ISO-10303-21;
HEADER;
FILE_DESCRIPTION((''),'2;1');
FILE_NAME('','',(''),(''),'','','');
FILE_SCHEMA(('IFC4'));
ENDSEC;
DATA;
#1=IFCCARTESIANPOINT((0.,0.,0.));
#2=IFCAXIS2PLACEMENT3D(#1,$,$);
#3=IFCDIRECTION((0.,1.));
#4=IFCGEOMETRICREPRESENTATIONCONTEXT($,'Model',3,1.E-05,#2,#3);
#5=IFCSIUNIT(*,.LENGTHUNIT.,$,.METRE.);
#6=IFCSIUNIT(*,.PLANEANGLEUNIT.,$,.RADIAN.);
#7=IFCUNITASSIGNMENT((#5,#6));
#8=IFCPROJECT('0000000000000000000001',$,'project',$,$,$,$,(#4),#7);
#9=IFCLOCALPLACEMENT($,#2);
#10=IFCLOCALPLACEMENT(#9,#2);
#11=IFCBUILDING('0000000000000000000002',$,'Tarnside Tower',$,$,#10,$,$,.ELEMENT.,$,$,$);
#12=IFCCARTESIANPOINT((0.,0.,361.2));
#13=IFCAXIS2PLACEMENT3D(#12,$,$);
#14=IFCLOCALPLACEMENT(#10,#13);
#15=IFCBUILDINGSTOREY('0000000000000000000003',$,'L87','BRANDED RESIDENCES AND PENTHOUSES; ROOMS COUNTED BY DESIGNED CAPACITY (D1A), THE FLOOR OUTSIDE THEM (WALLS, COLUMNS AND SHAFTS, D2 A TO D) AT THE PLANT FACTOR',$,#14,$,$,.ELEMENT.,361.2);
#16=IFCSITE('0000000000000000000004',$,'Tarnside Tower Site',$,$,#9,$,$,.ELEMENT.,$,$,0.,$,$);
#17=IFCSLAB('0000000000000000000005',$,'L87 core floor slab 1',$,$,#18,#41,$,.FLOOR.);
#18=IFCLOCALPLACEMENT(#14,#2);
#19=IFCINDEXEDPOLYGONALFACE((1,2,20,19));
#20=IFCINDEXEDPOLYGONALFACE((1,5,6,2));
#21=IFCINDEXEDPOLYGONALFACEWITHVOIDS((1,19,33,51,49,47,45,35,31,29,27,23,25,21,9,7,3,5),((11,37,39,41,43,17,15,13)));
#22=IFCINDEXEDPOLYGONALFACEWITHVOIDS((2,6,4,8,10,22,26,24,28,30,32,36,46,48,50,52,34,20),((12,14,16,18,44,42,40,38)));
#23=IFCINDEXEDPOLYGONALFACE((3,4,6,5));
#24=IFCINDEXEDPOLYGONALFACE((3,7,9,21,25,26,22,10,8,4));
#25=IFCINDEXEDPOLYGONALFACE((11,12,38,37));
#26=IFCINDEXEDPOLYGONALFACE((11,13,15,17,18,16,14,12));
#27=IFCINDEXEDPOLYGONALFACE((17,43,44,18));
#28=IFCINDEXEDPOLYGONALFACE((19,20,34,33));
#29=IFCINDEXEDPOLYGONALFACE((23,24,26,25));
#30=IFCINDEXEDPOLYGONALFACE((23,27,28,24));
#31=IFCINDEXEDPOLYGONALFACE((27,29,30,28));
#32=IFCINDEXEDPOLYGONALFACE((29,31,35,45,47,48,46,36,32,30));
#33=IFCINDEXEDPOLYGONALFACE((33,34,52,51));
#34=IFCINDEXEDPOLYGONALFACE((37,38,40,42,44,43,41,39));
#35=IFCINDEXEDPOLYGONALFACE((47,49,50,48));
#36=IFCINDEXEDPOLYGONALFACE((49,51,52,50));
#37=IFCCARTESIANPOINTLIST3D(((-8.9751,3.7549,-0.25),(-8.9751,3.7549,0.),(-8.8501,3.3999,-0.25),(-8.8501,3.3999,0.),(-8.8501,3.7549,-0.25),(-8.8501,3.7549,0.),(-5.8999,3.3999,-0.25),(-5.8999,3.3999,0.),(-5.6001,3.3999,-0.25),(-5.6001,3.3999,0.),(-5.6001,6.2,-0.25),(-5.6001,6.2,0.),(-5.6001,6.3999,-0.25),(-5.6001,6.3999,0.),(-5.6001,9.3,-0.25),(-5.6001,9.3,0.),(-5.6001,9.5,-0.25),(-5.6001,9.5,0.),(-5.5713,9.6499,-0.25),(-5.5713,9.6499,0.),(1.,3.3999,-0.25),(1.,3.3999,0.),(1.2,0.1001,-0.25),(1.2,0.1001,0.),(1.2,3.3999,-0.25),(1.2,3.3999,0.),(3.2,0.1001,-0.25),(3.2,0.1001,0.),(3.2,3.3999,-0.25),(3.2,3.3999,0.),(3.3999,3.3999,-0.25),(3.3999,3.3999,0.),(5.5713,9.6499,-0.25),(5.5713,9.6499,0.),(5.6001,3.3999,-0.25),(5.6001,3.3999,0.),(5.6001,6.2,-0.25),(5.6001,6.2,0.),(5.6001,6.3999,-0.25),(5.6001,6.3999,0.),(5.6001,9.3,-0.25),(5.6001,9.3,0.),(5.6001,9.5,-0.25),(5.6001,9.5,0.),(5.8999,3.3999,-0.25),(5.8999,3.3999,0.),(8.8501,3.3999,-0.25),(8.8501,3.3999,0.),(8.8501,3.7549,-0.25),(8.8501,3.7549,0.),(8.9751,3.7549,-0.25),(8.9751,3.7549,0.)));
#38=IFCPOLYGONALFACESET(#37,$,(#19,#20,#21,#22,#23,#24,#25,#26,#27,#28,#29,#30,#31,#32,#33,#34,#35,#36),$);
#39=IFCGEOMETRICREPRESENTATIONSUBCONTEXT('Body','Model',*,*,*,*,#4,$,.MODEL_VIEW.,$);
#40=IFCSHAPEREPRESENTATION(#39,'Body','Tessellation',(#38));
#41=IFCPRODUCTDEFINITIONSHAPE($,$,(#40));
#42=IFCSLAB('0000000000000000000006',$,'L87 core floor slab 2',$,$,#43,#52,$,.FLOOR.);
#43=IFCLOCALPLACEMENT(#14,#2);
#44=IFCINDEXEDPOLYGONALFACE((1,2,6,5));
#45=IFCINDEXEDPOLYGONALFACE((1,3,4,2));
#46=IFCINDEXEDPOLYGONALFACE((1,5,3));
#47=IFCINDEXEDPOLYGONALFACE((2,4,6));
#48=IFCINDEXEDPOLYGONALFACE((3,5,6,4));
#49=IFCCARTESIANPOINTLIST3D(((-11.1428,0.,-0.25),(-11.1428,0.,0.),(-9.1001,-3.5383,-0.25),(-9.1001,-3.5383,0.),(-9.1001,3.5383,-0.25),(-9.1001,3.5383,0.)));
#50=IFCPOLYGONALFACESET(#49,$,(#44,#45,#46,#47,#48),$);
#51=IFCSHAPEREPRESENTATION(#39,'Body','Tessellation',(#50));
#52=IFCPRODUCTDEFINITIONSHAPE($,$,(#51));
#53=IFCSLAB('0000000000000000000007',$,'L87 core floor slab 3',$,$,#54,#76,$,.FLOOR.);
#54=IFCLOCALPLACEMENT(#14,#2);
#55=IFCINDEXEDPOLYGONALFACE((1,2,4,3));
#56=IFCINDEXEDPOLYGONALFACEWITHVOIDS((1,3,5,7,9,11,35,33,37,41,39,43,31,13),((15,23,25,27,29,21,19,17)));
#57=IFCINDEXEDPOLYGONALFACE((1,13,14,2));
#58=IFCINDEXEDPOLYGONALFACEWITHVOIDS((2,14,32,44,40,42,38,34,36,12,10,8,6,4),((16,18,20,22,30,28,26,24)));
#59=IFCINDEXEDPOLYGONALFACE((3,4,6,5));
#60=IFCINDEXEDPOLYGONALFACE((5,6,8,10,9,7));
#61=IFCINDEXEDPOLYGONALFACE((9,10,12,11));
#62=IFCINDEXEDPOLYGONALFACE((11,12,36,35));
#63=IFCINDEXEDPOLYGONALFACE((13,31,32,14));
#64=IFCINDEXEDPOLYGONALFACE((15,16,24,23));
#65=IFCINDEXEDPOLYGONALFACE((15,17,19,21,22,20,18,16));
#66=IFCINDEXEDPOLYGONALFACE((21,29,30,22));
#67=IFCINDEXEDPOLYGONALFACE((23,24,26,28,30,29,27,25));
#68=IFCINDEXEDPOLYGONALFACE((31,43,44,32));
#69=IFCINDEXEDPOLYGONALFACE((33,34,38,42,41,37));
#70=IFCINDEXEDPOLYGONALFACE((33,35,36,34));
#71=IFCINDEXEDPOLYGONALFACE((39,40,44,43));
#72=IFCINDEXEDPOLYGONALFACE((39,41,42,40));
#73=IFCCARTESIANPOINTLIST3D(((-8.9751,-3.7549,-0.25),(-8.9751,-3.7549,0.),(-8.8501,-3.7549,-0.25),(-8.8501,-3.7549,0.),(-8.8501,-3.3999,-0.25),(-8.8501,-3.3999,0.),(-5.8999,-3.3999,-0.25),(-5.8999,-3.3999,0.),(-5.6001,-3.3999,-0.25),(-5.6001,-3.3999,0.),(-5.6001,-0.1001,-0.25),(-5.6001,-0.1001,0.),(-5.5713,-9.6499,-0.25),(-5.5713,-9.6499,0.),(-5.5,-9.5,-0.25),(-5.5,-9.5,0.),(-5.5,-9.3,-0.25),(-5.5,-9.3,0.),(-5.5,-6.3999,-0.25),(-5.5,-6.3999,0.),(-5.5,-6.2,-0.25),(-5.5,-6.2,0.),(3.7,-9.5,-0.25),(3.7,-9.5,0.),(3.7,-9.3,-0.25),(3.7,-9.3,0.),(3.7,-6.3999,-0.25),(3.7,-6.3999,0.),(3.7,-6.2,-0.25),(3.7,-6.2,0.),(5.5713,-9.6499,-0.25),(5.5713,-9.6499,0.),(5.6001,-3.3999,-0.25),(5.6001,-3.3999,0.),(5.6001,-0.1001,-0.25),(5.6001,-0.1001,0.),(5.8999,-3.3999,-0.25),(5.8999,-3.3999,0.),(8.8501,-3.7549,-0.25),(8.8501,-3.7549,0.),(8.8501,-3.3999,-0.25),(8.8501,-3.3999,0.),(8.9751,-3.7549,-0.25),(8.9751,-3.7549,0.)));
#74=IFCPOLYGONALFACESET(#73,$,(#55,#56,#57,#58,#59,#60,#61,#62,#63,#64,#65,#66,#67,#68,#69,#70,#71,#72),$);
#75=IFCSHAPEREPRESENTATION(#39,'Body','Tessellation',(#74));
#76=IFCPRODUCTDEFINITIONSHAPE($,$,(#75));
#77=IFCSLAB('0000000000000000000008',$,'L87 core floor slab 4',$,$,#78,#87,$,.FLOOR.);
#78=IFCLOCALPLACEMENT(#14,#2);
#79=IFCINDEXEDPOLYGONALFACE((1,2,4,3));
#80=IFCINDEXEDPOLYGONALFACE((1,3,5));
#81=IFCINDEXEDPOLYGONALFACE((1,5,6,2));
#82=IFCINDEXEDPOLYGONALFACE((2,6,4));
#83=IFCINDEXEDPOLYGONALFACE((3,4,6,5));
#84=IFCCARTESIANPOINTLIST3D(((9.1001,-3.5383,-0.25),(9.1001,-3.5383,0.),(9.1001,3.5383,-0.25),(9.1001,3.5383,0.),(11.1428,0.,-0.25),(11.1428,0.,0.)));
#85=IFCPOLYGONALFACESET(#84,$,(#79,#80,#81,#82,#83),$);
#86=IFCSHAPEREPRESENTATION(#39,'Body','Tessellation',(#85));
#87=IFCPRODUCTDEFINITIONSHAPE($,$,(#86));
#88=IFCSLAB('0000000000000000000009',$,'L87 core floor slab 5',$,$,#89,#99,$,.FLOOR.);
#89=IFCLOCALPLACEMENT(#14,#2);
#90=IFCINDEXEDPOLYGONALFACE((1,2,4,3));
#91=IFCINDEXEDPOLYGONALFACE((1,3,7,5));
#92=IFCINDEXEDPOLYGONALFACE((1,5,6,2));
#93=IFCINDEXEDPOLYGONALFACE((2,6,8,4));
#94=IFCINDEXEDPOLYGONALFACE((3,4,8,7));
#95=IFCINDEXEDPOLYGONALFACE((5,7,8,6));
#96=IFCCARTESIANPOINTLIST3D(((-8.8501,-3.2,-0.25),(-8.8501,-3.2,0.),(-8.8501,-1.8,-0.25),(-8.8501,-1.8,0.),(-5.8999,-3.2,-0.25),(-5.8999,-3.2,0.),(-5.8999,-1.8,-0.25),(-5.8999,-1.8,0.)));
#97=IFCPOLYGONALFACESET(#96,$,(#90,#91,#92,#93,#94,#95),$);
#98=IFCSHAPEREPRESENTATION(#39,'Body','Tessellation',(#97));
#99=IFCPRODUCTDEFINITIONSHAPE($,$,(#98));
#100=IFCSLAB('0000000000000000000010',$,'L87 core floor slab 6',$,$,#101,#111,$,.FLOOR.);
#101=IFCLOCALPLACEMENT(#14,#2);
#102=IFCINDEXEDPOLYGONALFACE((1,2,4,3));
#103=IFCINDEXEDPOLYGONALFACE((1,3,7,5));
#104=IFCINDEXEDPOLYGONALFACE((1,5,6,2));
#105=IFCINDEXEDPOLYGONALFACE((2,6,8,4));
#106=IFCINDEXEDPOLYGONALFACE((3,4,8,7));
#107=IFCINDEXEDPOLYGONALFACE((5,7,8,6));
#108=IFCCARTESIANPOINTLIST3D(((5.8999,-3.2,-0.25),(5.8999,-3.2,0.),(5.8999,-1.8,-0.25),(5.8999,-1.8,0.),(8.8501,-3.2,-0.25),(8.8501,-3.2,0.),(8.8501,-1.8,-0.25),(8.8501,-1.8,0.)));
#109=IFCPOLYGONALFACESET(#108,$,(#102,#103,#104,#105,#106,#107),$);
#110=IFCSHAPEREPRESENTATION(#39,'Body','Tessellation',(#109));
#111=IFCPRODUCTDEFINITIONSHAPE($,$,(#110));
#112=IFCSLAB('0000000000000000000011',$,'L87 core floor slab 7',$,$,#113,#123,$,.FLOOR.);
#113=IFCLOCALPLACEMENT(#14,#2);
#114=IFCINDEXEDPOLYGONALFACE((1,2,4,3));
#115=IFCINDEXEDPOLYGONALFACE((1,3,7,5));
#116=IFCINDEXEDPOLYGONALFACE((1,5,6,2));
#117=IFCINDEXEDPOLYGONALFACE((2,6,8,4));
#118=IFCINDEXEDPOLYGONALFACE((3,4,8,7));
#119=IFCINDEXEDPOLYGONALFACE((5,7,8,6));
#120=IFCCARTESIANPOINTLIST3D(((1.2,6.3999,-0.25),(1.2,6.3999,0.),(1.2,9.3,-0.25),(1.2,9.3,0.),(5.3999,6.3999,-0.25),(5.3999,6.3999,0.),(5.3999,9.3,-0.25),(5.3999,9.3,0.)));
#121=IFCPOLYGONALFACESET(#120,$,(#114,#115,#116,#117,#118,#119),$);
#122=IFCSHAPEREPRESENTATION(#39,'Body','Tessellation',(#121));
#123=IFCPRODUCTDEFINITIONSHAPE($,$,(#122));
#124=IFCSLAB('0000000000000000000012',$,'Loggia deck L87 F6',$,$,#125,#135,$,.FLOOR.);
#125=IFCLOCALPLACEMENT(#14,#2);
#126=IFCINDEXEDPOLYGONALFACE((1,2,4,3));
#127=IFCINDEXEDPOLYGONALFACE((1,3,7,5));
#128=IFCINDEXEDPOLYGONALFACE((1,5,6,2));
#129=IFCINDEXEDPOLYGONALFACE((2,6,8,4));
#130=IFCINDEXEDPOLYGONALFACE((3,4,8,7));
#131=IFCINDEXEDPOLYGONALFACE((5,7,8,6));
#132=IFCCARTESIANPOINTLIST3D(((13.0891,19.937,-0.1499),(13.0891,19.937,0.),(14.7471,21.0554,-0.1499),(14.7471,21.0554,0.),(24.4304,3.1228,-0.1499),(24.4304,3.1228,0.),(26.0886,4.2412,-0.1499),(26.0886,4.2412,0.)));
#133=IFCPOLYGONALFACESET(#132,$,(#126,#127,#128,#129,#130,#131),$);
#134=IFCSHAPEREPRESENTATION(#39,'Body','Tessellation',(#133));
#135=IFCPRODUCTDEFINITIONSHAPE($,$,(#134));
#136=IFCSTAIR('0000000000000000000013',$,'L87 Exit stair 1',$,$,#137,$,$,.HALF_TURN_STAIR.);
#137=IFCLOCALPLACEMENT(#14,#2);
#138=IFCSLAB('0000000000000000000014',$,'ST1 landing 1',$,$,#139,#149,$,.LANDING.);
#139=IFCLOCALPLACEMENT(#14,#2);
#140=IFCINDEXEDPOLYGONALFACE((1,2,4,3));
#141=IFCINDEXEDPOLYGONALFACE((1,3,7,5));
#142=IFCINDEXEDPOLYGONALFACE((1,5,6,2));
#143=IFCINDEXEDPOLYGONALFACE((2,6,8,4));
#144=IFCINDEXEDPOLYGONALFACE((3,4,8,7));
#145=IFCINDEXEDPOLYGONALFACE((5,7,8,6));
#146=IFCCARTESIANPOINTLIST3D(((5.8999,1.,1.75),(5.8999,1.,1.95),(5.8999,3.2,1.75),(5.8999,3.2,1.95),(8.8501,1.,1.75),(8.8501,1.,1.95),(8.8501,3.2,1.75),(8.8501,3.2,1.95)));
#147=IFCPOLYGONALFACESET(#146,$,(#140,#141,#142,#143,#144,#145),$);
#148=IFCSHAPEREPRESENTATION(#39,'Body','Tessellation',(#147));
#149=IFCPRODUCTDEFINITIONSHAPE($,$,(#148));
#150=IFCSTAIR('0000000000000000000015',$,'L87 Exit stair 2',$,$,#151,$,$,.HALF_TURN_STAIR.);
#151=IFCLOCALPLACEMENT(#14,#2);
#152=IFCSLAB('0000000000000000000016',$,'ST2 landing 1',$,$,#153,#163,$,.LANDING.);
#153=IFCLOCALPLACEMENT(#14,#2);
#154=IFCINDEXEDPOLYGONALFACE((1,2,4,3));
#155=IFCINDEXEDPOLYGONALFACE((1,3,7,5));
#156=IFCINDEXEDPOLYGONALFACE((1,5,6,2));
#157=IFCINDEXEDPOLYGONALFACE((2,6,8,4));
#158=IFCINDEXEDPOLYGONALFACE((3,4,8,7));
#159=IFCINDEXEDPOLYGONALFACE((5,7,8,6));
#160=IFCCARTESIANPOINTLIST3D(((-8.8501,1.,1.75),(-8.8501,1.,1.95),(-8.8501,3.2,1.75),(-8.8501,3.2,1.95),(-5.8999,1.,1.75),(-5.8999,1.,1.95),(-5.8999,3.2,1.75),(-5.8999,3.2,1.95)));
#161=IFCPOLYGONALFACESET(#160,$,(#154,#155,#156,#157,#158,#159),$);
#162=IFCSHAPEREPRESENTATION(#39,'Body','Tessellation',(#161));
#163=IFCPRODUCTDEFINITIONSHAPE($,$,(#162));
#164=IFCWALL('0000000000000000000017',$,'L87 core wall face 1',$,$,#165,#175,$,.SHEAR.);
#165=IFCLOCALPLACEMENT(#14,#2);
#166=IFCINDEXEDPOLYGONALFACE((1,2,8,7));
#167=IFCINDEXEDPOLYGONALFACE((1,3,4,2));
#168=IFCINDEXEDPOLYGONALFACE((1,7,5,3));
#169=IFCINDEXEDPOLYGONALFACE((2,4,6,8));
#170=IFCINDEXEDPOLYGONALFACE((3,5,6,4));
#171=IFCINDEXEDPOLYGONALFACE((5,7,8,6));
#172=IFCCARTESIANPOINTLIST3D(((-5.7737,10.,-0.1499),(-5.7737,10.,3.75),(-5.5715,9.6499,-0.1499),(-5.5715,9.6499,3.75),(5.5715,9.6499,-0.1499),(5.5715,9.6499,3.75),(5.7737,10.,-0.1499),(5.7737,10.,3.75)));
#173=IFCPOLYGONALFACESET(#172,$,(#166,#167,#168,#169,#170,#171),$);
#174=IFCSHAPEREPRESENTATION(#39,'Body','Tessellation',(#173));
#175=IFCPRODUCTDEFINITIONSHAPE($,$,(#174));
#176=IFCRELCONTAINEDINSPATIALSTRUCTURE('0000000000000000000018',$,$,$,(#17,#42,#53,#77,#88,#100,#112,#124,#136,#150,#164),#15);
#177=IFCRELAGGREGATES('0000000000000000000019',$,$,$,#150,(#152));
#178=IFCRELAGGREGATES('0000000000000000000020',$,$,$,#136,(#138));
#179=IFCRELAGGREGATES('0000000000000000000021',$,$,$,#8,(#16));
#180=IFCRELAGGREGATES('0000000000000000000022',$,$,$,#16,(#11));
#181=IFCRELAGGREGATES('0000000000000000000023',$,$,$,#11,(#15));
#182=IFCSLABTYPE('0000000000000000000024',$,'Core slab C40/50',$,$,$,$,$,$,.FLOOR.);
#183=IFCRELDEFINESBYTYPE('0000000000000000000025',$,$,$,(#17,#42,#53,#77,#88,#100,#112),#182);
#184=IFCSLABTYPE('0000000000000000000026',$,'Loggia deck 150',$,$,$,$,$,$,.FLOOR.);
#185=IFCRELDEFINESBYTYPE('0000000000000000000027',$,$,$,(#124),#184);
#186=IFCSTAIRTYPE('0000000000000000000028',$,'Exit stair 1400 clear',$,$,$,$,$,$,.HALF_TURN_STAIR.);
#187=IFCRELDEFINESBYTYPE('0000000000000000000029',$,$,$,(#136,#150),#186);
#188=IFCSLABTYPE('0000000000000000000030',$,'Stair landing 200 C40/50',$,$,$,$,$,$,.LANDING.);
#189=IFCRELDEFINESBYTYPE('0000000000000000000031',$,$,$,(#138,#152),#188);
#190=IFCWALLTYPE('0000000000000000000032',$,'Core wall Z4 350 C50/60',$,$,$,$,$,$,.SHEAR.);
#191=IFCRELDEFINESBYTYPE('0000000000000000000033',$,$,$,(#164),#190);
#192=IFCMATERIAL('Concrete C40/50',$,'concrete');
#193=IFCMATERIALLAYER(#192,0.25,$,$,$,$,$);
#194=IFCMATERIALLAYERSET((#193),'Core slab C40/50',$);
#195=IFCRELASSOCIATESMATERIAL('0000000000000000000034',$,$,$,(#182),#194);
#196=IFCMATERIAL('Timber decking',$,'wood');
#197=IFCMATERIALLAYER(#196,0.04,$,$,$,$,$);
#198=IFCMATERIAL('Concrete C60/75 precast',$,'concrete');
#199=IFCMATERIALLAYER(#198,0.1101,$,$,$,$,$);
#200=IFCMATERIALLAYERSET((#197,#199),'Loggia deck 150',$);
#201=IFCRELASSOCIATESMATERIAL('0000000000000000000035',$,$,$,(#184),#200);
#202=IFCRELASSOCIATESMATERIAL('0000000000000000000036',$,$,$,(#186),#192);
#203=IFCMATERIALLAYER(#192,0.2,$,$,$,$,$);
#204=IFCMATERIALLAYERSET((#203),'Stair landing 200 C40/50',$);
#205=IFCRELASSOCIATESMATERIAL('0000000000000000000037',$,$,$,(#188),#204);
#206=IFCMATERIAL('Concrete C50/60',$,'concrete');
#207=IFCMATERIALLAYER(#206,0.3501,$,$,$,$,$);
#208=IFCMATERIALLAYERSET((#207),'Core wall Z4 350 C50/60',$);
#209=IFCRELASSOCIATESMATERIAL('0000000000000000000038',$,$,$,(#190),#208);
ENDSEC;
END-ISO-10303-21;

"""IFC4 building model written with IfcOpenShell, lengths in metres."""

from ifc_helpers import new_model, si_unit, direction, frame, origin, place, context, subcontext, project, spatial, polyline, outline, extrude, material, layer, layer_set, type_object, element, aggregate, save


model = new_model("IFC4")

# Units and contexts
model_context = context("Model", 3, precision=1e-05, world=origin(), true_north=direction((0.0, 1.0)))
body_context = subcontext(model_context, "Body", "Model", "MODEL_VIEW")
ifc_project = project(units=[si_unit("LENGTHUNIT", "METRE"), si_unit("PLANEANGLEUNIT", "RADIAN")], contexts=[model_context])

# Site, building, storey
site_placement = place(None, origin())
site = spatial("IfcSite", under=ifc_project, at=site_placement, Name="Tarnside Tower Site", CompositionType="ELEMENT", RefElevation=0.0)
building_placement = place(site_placement, origin())
building = spatial("IfcBuilding", under=site, at=building_placement, Name="Tarnside Tower", CompositionType="ELEMENT")
storey_placement = place(building_placement, frame((0.0, 0.0, 361.2)))
storey = spatial("IfcBuildingStorey", under=building, at=storey_placement, Name="L87", Description="BRANDED RESIDENCES AND PENTHOUSES; ROOMS COUNTED BY DESIGNED CAPACITY (D1A), THE FLOOR OUTSIDE THEM (WALLS, COLUMNS AND SHAFTS, D2 A TO D) AT THE PLANT FACTOR", CompositionType="ELEMENT", Elevation=361.2)

# Slabs
ifc_material_1 = material(Name="Concrete C40/50", Category="concrete")
ifc_layer_1 = layer(ifc_material_1, 0.25)
ifc_layer_set_1 = layer_set([ifc_layer_1], Name="Core slab C40/50")
slab_type_1 = type_object("IfcSlabType", Name="Core slab C40/50", PredefinedType="FLOOR", material=ifc_layer_set_1)
slab_1_placement = place(storey_placement, frame((0.0, 0.0, -0.25)))
element("IfcSlab", 1, at=slab_1_placement, inside=storey, type_object=slab_type_1, Name="L87 core floor slab 1", PredefinedType="FLOOR", context=body_context, shape_type="SweptSolid", body=[
    extrude(outline(polyline([(5.5713, 9.6499), (8.9751, 3.7549), (8.8501, 3.7549), (8.8501, 3.3999), (5.8999, 3.3999), (5.6001, 3.3999), (3.3999, 3.3999), (3.2, 3.3999), (3.2, 0.1001), (1.2, 0.1001), (1.2, 3.3999), (1.0, 3.3999), (-5.6001, 3.3999), (-5.8999, 3.3999), (-8.8501, 3.3999), (-8.8501, 3.7549), (-8.9751, 3.7549), (-5.5713, 9.6499), (5.5713, 9.6499)]), holes=[polyline([(-5.6001, 6.2), (5.6001, 6.2), (5.6001, 6.3999), (5.6001, 9.3), (5.6001, 9.5), (-5.6001, 9.5), (-5.6001, 9.3), (-5.6001, 6.3999), (-5.6001, 6.2)])]), origin(), (0.0, 0.0, 1.0), 0.25),
])
slab_2_placement = place(storey_placement, frame((0.0, 0.0, -0.25)))
element("IfcSlab", 2, at=slab_2_placement, inside=storey, type_object=slab_type_1, Name="L87 core floor slab 2", PredefinedType="FLOOR", context=body_context, shape_type="SweptSolid", body=[
    extrude(outline(polyline([(-9.1001, -3.5383), (-11.1428, 0.0), (-9.1001, 3.5383), (-9.1001, -3.5383)])), origin(), (0.0, 0.0, 1.0), 0.25),
])
slab_3_placement = place(storey_placement, frame((0.0, 0.0, -0.25)))
element("IfcSlab", 3, at=slab_3_placement, inside=storey, type_object=slab_type_1, Name="L87 core floor slab 3", PredefinedType="FLOOR", context=body_context, shape_type="SweptSolid", body=[
    extrude(outline(polyline([(-8.8501, -3.7549), (-8.8501, -3.3999), (-5.8999, -3.3999), (-5.6001, -3.3999), (-5.6001, -0.1001), (5.6001, -0.1001), (5.6001, -3.3999), (5.8999, -3.3999), (8.8501, -3.3999), (8.8501, -3.7549), (8.9751, -3.7549), (5.5713, -9.6499), (-5.5713, -9.6499), (-8.9751, -3.7549), (-8.8501, -3.7549)]), holes=[polyline([(-5.5, -9.5), (3.7, -9.5), (3.7, -9.3), (3.7, -6.3999), (3.7, -6.2), (-5.5, -6.2), (-5.5, -6.3999), (-5.5, -9.3), (-5.5, -9.5)])]), origin(), (0.0, 0.0, 1.0), 0.25),
])
slab_4_placement = place(storey_placement, frame((0.0, 0.0, -0.25)))
element("IfcSlab", 4, at=slab_4_placement, inside=storey, type_object=slab_type_1, Name="L87 core floor slab 4", PredefinedType="FLOOR", context=body_context, shape_type="SweptSolid", body=[
    extrude(outline(polyline([(9.1001, 3.5383), (11.1428, 0.0), (9.1001, -3.5383), (9.1001, 3.5383)])), origin(), (0.0, 0.0, 1.0), 0.25),
])
slab_5_placement = place(storey_placement, frame((0.0, 0.0, -0.25)))
element("IfcSlab", 5, at=slab_5_placement, inside=storey, type_object=slab_type_1, Name="L87 core floor slab 5", PredefinedType="FLOOR", context=body_context, shape_type="SweptSolid", body=[
    extrude(outline(polyline([(-8.8501, -3.2), (-8.8501, -1.8), (-5.8999, -1.8), (-5.8999, -3.2), (-8.8501, -3.2)])), origin(), (0.0, 0.0, 1.0), 0.25),
])
slab_6_placement = place(storey_placement, frame((0.0, 0.0, -0.25)))
element("IfcSlab", 6, at=slab_6_placement, inside=storey, type_object=slab_type_1, Name="L87 core floor slab 6", PredefinedType="FLOOR", context=body_context, shape_type="SweptSolid", body=[
    extrude(outline(polyline([(5.8999, -1.8), (8.8501, -1.8), (8.8501, -3.2), (5.8999, -3.2), (5.8999, -1.8)])), origin(), (0.0, 0.0, 1.0), 0.25),
])
slab_7_placement = place(storey_placement, frame((0.0, 0.0, -0.25)))
element("IfcSlab", 7, at=slab_7_placement, inside=storey, type_object=slab_type_1, Name="L87 core floor slab 7", PredefinedType="FLOOR", context=body_context, shape_type="SweptSolid", body=[
    extrude(outline(polyline([(5.3999, 6.3999), (1.2, 6.3999), (1.2, 9.3), (5.3999, 9.3), (5.3999, 6.3999)])), origin(), (0.0, 0.0, 1.0), 0.25),
])
ifc_material_2 = material(Name="Timber decking", Category="wood")
ifc_layer_2 = layer(ifc_material_2, 0.04)
ifc_material_3 = material(Name="Concrete C60/75 precast", Category="concrete")
ifc_layer_3 = layer(ifc_material_3, 0.1101)
ifc_layer_set_2 = layer_set([ifc_layer_2, ifc_layer_3], Name="Loggia deck 150")
slab_type_2 = type_object("IfcSlabType", Name="Loggia deck 150", PredefinedType="FLOOR", material=ifc_layer_set_2)
slab_8_placement = place(storey_placement, frame((0.0, 0.0, -0.1499)))
element("IfcSlab", 8, at=slab_8_placement, inside=storey, type_object=slab_type_2, Name="Loggia deck L87 F6", PredefinedType="FLOOR", context=body_context, shape_type="SweptSolid", body=[
    extrude(outline(polyline([(24.4304, 3.1228), (13.0891, 19.937), (14.7471, 21.0554), (26.0886, 4.2412), (24.4304, 3.1228)])), origin(), (0.0, 0.0, 1.0), 0.1499),
])

# Stairs, slabs
stair_type = type_object("IfcStairType", Name="Exit stair 1400 clear", PredefinedType="HALF_TURN_STAIR", material=ifc_material_1)
stair_1_placement = place(storey_placement, origin())
stair_1 = element("IfcStair", 9, at=stair_1_placement, inside=storey, type_object=stair_type, Name="L87 Exit stair 1", PredefinedType="HALF_TURN_STAIR")
ifc_layer_4 = layer(ifc_material_1, 0.2)
ifc_layer_set_3 = layer_set([ifc_layer_4], Name="Stair landing 200 C40/50")
slab_type_3 = type_object("IfcSlabType", Name="Stair landing 200 C40/50", PredefinedType="LANDING", material=ifc_layer_set_3)
slab_9_placement = place(storey_placement, frame((0.0, 0.0, 1.75)))
slab_9 = element("IfcSlab", 10, at=slab_9_placement, type_object=slab_type_3, Name="ST1 landing 1", PredefinedType="LANDING", context=body_context, shape_type="SweptSolid", body=[
    extrude(outline(polyline([(8.8501, 1.0), (8.8501, 3.2), (5.8999, 3.2), (5.8999, 1.0), (8.8501, 1.0)])), origin(), (0.0, 0.0, 1.0), 0.2),
])
stair_2_placement = place(storey_placement, origin())
stair_2 = element("IfcStair", 11, at=stair_2_placement, inside=storey, type_object=stair_type, Name="L87 Exit stair 2", PredefinedType="HALF_TURN_STAIR")
slab_10_placement = place(storey_placement, frame((0.0, 0.0, 1.75)))
slab_10 = element("IfcSlab", 12, at=slab_10_placement, type_object=slab_type_3, Name="ST2 landing 1", PredefinedType="LANDING", context=body_context, shape_type="SweptSolid", body=[
    extrude(outline(polyline([(-5.8999, 1.0), (-5.8999, 3.2), (-8.8501, 3.2), (-8.8501, 1.0), (-5.8999, 1.0)])), origin(), (0.0, 0.0, 1.0), 0.2),
])
aggregate(stair_2, [slab_10])

# Wall
ifc_material_4 = material(Name="Concrete C50/60", Category="concrete")
ifc_layer_5 = layer(ifc_material_4, 0.3501)
ifc_layer_set_4 = layer_set([ifc_layer_5], Name="Core wall Z4 350 C50/60")
wall_type_1 = type_object("IfcWallType", Name="Core wall Z4 350 C50/60", PredefinedType="SHEAR", material=ifc_layer_set_4)
wall_1_placement = place(storey_placement, frame((5.6726, 9.825, -0.1499), z_axis=(0.0, 0.0, 1.0), x_axis=(-1.0, 0.0, 0.0)))
element("IfcWall", 13, at=wall_1_placement, inside=storey, type_object=wall_type_1, Name="L87 core wall face 1", PredefinedType="SHEAR", context=body_context, shape_type="SweptSolid", body=[
    extrude(outline(polyline([(-0.1011, -0.175), (11.4463, -0.175), (11.2441, 0.175), (0.1011, 0.175), (-0.1011, -0.175)])), origin(), (0.0, 0.0, 1.0), 3.8999),
])

aggregate(stair_1, [slab_9])

save(model, "model.ifc")
